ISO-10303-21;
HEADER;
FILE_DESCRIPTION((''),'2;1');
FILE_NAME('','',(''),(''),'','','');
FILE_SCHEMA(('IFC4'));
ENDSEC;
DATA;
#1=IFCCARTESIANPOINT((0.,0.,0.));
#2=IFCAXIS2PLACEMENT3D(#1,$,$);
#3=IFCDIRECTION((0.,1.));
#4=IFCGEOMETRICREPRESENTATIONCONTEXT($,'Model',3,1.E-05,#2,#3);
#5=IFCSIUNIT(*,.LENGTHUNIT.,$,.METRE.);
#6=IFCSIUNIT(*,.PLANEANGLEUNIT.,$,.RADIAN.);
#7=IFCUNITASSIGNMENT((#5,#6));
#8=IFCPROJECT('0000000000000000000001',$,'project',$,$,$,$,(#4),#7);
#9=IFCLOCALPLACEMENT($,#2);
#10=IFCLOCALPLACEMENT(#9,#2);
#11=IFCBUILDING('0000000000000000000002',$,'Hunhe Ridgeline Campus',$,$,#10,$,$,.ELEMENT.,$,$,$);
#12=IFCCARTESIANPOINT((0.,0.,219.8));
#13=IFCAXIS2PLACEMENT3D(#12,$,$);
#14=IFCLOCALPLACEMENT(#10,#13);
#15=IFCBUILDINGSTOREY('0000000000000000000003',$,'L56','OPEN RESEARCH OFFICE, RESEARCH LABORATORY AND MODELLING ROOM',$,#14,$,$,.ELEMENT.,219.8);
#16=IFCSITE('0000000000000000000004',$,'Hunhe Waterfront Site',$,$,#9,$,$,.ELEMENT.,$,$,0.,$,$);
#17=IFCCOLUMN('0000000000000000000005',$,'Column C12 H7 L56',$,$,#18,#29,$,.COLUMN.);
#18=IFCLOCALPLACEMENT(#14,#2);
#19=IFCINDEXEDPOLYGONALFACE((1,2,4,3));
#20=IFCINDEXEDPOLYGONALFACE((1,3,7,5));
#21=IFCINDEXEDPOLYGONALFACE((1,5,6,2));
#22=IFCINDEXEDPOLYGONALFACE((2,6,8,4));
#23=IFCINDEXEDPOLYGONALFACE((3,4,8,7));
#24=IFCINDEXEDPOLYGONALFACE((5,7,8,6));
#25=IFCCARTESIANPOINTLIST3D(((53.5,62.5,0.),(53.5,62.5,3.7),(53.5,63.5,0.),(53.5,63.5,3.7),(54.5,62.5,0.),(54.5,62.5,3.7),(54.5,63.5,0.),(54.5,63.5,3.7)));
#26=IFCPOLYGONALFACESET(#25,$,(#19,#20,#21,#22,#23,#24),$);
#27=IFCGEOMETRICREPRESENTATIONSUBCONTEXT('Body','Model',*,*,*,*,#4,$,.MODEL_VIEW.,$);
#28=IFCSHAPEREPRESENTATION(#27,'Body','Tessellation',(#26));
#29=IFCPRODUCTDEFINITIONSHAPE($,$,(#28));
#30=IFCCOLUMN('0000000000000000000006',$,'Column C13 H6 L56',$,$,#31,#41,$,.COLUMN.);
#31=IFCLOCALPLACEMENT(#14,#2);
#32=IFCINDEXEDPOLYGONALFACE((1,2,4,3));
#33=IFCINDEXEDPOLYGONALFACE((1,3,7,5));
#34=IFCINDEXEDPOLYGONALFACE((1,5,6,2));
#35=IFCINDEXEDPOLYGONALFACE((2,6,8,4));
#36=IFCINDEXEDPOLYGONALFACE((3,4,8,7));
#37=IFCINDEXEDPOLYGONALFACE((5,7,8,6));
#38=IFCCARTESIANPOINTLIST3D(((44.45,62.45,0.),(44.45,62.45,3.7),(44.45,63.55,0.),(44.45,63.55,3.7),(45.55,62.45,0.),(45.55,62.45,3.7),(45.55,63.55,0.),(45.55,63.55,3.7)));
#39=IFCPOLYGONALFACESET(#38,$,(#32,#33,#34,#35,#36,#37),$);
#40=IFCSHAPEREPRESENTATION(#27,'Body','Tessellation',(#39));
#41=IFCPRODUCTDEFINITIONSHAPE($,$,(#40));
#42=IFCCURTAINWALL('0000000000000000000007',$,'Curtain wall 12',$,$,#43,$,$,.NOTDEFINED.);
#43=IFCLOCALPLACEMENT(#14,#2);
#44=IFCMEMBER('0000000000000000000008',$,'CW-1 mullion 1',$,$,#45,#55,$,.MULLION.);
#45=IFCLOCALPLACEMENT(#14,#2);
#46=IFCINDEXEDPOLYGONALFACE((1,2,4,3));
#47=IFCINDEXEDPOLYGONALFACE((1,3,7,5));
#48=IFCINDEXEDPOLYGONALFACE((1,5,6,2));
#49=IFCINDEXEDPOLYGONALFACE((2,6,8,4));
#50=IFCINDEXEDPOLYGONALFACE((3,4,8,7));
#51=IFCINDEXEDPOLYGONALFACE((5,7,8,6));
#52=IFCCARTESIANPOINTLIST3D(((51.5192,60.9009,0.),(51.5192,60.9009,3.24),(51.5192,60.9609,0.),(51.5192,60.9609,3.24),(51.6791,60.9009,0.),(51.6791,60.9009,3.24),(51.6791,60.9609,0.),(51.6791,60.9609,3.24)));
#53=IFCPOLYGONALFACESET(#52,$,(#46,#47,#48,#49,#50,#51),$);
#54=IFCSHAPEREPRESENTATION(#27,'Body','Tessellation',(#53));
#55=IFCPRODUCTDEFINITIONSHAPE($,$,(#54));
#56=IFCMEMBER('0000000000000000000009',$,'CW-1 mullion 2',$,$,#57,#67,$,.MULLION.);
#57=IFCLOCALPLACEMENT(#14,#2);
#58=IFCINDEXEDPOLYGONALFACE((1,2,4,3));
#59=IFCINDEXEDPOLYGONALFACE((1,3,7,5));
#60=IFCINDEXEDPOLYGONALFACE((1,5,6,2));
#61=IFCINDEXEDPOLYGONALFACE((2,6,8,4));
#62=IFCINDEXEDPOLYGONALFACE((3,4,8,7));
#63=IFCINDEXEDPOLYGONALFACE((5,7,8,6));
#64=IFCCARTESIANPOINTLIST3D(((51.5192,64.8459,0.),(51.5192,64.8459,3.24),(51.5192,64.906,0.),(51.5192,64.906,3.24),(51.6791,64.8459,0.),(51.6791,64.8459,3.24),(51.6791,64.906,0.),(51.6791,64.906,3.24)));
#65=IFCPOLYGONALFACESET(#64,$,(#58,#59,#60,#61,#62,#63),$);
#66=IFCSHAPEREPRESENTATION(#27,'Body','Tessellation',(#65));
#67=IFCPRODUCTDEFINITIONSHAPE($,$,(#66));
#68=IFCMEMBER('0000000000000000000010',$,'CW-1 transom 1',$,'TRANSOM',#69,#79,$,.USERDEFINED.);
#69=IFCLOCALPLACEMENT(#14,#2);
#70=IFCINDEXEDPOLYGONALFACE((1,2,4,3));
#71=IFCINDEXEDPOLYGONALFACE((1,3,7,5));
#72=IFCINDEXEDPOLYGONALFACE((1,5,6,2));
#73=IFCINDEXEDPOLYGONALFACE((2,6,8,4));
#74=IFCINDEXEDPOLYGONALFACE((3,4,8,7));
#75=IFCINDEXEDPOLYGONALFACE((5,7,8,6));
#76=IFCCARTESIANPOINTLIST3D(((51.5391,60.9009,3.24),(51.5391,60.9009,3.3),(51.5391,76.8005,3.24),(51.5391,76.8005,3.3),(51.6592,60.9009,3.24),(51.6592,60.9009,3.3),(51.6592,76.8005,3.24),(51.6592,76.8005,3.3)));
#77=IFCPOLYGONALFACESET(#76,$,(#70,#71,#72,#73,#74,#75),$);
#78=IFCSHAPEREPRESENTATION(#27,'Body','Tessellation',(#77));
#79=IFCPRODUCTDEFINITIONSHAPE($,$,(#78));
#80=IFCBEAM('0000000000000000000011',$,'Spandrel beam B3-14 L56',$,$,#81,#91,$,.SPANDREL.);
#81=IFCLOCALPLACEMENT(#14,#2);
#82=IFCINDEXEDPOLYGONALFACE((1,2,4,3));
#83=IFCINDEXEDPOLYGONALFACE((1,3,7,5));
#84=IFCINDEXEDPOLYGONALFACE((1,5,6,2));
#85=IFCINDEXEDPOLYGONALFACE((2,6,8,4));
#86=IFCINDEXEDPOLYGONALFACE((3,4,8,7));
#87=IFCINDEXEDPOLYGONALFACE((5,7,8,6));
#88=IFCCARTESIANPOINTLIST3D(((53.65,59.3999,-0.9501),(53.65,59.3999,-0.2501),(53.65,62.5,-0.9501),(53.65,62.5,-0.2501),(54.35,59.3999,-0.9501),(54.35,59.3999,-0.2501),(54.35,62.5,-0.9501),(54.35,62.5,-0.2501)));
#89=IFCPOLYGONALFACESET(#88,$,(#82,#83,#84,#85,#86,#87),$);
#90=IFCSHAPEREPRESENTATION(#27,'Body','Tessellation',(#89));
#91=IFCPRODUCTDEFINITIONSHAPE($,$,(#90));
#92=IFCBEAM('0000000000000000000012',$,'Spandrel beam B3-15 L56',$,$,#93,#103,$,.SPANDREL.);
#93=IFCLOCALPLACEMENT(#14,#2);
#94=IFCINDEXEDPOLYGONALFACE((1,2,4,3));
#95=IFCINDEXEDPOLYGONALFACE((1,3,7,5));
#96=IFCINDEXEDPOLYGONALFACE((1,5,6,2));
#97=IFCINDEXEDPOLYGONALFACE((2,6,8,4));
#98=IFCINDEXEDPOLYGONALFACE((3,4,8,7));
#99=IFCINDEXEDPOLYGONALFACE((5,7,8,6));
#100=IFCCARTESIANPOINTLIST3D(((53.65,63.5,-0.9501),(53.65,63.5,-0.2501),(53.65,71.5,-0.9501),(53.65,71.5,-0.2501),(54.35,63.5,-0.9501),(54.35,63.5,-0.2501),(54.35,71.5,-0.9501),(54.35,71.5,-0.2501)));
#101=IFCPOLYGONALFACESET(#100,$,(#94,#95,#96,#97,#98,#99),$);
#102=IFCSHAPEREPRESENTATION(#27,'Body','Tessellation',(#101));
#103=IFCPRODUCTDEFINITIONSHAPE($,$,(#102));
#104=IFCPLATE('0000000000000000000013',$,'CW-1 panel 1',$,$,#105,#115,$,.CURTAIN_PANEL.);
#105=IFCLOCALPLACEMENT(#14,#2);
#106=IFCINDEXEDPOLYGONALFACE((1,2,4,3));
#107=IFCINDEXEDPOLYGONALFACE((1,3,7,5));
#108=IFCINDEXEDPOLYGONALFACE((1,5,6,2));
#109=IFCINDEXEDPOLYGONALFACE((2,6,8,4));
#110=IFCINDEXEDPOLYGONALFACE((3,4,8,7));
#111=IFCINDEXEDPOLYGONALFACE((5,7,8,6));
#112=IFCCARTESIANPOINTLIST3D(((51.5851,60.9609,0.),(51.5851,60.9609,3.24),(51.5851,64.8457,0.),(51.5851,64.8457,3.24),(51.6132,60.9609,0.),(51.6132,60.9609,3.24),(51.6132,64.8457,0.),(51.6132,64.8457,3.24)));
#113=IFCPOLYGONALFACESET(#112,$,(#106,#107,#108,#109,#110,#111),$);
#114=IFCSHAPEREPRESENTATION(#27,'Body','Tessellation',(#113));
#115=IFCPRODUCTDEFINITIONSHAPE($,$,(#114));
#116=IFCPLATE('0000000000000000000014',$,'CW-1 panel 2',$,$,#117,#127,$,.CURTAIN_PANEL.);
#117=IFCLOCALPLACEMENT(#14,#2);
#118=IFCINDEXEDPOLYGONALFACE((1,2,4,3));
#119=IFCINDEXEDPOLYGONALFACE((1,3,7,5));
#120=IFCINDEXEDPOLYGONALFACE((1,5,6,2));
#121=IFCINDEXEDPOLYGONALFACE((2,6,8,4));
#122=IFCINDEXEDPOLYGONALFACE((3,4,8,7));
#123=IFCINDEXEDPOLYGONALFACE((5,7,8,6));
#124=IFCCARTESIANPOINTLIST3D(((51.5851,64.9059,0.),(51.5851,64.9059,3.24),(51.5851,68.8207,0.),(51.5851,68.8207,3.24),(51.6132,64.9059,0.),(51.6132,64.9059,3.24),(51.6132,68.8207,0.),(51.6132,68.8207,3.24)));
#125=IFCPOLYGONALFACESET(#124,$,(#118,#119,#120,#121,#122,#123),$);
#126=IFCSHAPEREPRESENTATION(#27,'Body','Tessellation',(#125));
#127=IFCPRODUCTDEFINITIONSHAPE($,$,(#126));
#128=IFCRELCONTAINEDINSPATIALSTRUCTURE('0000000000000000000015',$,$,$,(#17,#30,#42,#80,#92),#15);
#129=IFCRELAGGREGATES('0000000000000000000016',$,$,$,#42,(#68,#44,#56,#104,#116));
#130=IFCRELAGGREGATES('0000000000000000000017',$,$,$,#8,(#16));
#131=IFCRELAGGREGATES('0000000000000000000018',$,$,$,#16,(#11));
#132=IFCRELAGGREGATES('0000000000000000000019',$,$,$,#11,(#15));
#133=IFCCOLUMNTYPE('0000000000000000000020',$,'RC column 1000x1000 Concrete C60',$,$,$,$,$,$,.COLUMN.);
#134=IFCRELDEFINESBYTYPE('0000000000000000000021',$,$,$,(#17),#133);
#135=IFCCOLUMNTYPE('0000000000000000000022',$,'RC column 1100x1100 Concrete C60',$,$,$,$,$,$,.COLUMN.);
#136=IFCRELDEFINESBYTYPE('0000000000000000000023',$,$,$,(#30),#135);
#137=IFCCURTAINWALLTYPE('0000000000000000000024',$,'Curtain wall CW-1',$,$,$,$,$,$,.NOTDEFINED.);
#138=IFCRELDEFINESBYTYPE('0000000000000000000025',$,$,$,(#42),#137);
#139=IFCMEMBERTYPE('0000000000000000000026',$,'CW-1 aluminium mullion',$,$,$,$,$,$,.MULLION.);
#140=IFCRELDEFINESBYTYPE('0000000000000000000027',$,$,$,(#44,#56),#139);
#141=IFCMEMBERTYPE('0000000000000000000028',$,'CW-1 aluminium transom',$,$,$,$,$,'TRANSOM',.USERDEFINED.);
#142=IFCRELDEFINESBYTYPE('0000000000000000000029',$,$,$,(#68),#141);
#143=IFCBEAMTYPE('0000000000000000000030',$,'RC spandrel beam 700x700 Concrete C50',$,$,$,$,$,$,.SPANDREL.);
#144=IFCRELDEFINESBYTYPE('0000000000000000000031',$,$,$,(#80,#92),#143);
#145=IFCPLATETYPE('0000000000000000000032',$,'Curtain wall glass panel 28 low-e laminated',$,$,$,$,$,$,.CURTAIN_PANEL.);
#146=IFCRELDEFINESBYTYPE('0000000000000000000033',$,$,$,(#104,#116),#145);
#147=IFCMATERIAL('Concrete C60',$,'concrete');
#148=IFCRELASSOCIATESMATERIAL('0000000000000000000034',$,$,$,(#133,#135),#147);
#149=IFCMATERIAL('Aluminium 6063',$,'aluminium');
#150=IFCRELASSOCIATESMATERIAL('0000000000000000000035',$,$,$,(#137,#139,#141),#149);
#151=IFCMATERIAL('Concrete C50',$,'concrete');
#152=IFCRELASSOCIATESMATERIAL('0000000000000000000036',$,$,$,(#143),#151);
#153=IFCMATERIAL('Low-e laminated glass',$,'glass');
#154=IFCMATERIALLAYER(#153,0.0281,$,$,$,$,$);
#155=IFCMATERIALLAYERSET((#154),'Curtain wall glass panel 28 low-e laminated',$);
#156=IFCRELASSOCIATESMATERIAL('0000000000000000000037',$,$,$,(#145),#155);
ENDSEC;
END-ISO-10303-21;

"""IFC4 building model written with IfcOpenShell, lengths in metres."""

from ifc_helpers import new_model, si_unit, direction, frame, origin, origin_2d, place, context, subcontext, project, spatial, rectangle, extrude, material, layer, layer_set, material_profile, profile_set, type_object, element, aggregate, save


model = new_model("IFC4")

# Units and contexts
model_context = context("Model", 3, precision=1e-05, world=origin(), true_north=direction((0.0, 1.0)))
body_context = subcontext(model_context, "Body", "Model", "MODEL_VIEW")
ifc_project = project(units=[si_unit("LENGTHUNIT", "METRE"), si_unit("PLANEANGLEUNIT", "RADIAN")], contexts=[model_context])

# Site, building, storey
site_placement = place(None, origin())
site = spatial("IfcSite", under=ifc_project, at=site_placement, Name="Hunhe Waterfront Site", CompositionType="ELEMENT", RefElevation=0.0)
building_placement = place(site_placement, origin())
building = spatial("IfcBuilding", under=site, at=building_placement, Name="Hunhe Ridgeline Campus", CompositionType="ELEMENT")
storey_placement = place(building_placement, frame((0.0, 0.0, 219.8)))
storey = spatial("IfcBuildingStorey", under=building, at=storey_placement, Name="L56", Description="OPEN RESEARCH OFFICE, RESEARCH LABORATORY AND MODELLING ROOM", CompositionType="ELEMENT", Elevation=219.8)

# Columns
ifc_material_1 = material(Name="Concrete C60", Category="concrete")
ifc_material_profile_1 = material_profile(ifc_material_1, rectangle(XDim=1.0, YDim=1.0, at=origin_2d()))
ifc_profile_set_1 = profile_set([ifc_material_profile_1], Name="Concrete C60")
column_type_1 = type_object("IfcColumnType", Name="RC column 1000x1000 Concrete C60", PredefinedType="COLUMN", material=ifc_profile_set_1)
column_1_placement = place(storey_placement, frame((54.0, 63.0, 0.0), z_axis=(0.0, 0.0, 1.0), x_axis=(1.0, 0.0, 0.0)))
element("IfcColumn", 1, at=column_1_placement, inside=storey, type_object=column_type_1, Name="Column C12 H7 L56", PredefinedType="COLUMN", context=body_context, shape_type="SweptSolid", body=[
    extrude(rectangle(XDim=1.0, YDim=1.0, at=origin_2d()), origin(), (0.0, 0.0, 1.0), 3.7),
])
ifc_material_profile_2 = material_profile(ifc_material_1, rectangle(XDim=1.1001, YDim=1.1001, at=origin_2d()))
ifc_profile_set_2 = profile_set([ifc_material_profile_2], Name="Concrete C60")
column_type_2 = type_object("IfcColumnType", Name="RC column 1100x1100 Concrete C60", PredefinedType="COLUMN", material=ifc_profile_set_2)
column_2_placement = place(storey_placement, frame((45.0, 63.0, 0.0), z_axis=(0.0, 0.0, 1.0), x_axis=(1.0, 0.0, 0.0)))
element("IfcColumn", 2, at=column_2_placement, inside=storey, type_object=column_type_2, Name="Column C13 H6 L56", PredefinedType="COLUMN", context=body_context, shape_type="SweptSolid", body=[
    extrude(rectangle(XDim=1.1001, YDim=1.1001, at=origin_2d()), origin(), (0.0, 0.0, 1.0), 3.7),
])

# Curtain wall, members
ifc_material_2 = material(Name="Aluminium 6063", Category="aluminium")
curtain_wall_type = type_object("IfcCurtainWallType", Name="Curtain wall CW-1", PredefinedType="NOTDEFINED", material=ifc_material_2)
curtain_wall_placement = place(storey_placement, origin())
curtain_wall = element("IfcCurtainWall", 3, at=curtain_wall_placement, inside=storey, type_object=curtain_wall_type, Name="Curtain wall 12", PredefinedType="NOTDEFINED")
ifc_material_profile_3 = material_profile(ifc_material_2, rectangle(XDim=0.1599, YDim=0.0601, at=origin_2d()))
ifc_profile_set_3 = profile_set([ifc_material_profile_3], Name="Aluminium 6063")
member_type_1 = type_object("IfcMemberType", Name="CW-1 aluminium mullion", PredefinedType="MULLION", material=ifc_profile_set_3)
member_1_placement = place(storey_placement, frame((51.5991, 60.9309, 0.0), z_axis=(0.0, 0.0, 1.0), x_axis=(-1.0, 0.0, 0.0)))
member_1 = element("IfcMember", 4, at=member_1_placement, type_object=member_type_1, Name="CW-1 mullion 1", PredefinedType="MULLION", context=body_context, shape_type="SweptSolid", body=[
    extrude(rectangle(XDim=0.1599, YDim=0.0601, at=origin_2d()), origin(), (0.0, 0.0, 1.0), 3.24),
])
member_2_placement = place(storey_placement, frame((51.5991, 64.876, 0.0), z_axis=(0.0, 0.0, 1.0), x_axis=(-1.0, 0.0, 0.0)))
member_2 = element("IfcMember", 5, at=member_2_placement, type_object=member_type_1, Name="CW-1 mullion 2", PredefinedType="MULLION", context=body_context, shape_type="SweptSolid", body=[
    extrude(rectangle(XDim=0.1599, YDim=0.0601, at=origin_2d()), origin(), (0.0, 0.0, 1.0), 3.24),
])
ifc_material_profile_4 = material_profile(ifc_material_2, rectangle(XDim=0.1201, YDim=0.0601, at=origin_2d()))
ifc_profile_set_4 = profile_set([ifc_material_profile_4], Name="Aluminium 6063")
member_type_2 = type_object("IfcMemberType", Name="CW-1 aluminium transom", ElementType="TRANSOM", PredefinedType="USERDEFINED", material=ifc_profile_set_4)
member_3_placement = place(storey_placement, frame((51.5991, 60.9009, 3.27), z_axis=(0.0, 1.0, 0.0), x_axis=(-1.0, 0.0, 0.0)))
member_3 = element("IfcMember", 6, at=member_3_placement, type_object=member_type_2, Name="CW-1 transom 1", ObjectType="TRANSOM", PredefinedType="USERDEFINED", context=body_context, shape_type="SweptSolid", body=[
    extrude(rectangle(XDim=0.1201, YDim=0.0601, at=origin_2d()), origin(), (0.0, 0.0, 1.0), 15.8997),
])

# Beams
ifc_material_3 = material(Name="Concrete C50", Category="concrete")
ifc_material_profile_5 = material_profile(ifc_material_3, rectangle(XDim=0.7, YDim=0.7, at=origin_2d()))
ifc_profile_set_5 = profile_set([ifc_material_profile_5], Name="Concrete C50")
beam_type = type_object("IfcBeamType", Name="RC spandrel beam 700x700 Concrete C50", PredefinedType="SPANDREL", material=ifc_profile_set_5)
beam_1_placement = place(storey_placement, frame((54.0, 59.3999, -0.6001), z_axis=(0.0, 1.0, 0.0), x_axis=(-1.0, 0.0, 0.0)))
element("IfcBeam", 7, at=beam_1_placement, inside=storey, type_object=beam_type, Name="Spandrel beam B3-14 L56", PredefinedType="SPANDREL", context=body_context, shape_type="SweptSolid", body=[
    extrude(rectangle(XDim=0.7, YDim=0.7, at=origin_2d()), origin(), (0.0, 0.0, 1.0), 3.1001),
])
beam_2_placement = place(storey_placement, frame((54.0, 63.5, -0.6001), z_axis=(0.0, 1.0, 0.0), x_axis=(-1.0, 0.0, 0.0)))
element("IfcBeam", 8, at=beam_2_placement, inside=storey, type_object=beam_type, Name="Spandrel beam B3-15 L56", PredefinedType="SPANDREL", context=body_context, shape_type="SweptSolid", body=[
    extrude(rectangle(XDim=0.7, YDim=0.7, at=origin_2d()), origin(), (0.0, 0.0, 1.0), 8.0),
])

# Plates
ifc_material_4 = material(Name="Low-e laminated glass", Category="glass")
ifc_layer_1 = layer(ifc_material_4, 0.0281)
ifc_layer_set_1 = layer_set([ifc_layer_1], Name="Curtain wall glass panel 28 low-e laminated")
plate_type = type_object("IfcPlateType", Name="Curtain wall glass panel 28 low-e laminated", PredefinedType="CURTAIN_PANEL", material=ifc_layer_set_1)
plate_1_placement = place(storey_placement, frame((51.5991, 62.9033, 0.0), z_axis=(0.0, 0.0, 1.0), x_axis=(0.0, 1.0, 0.0)))
plate_1 = element("IfcPlate", 9, at=plate_1_placement, type_object=plate_type, Name="CW-1 panel 1", PredefinedType="CURTAIN_PANEL", context=body_context, shape_type="SweptSolid", body=[
    extrude(rectangle(XDim=3.8848, YDim=0.0281, at=origin_2d()), origin(), (0.0, 0.0, 1.0), 3.24),
])
plate_2_placement = place(storey_placement, frame((51.5991, 66.8633, 0.0), z_axis=(0.0, 0.0, 1.0), x_axis=(0.0, 1.0, 0.0)))
plate_2 = element("IfcPlate", 10, at=plate_2_placement, type_object=plate_type, Name="CW-1 panel 2", PredefinedType="CURTAIN_PANEL", context=body_context, shape_type="SweptSolid", body=[
    extrude(rectangle(XDim=3.9148, YDim=0.0281, at=origin_2d()), origin(), (0.0, 0.0, 1.0), 3.24),
])
aggregate(curtain_wall, [member_3, member_1, member_2, plate_1, plate_2])

save(model, "model.ifc")
